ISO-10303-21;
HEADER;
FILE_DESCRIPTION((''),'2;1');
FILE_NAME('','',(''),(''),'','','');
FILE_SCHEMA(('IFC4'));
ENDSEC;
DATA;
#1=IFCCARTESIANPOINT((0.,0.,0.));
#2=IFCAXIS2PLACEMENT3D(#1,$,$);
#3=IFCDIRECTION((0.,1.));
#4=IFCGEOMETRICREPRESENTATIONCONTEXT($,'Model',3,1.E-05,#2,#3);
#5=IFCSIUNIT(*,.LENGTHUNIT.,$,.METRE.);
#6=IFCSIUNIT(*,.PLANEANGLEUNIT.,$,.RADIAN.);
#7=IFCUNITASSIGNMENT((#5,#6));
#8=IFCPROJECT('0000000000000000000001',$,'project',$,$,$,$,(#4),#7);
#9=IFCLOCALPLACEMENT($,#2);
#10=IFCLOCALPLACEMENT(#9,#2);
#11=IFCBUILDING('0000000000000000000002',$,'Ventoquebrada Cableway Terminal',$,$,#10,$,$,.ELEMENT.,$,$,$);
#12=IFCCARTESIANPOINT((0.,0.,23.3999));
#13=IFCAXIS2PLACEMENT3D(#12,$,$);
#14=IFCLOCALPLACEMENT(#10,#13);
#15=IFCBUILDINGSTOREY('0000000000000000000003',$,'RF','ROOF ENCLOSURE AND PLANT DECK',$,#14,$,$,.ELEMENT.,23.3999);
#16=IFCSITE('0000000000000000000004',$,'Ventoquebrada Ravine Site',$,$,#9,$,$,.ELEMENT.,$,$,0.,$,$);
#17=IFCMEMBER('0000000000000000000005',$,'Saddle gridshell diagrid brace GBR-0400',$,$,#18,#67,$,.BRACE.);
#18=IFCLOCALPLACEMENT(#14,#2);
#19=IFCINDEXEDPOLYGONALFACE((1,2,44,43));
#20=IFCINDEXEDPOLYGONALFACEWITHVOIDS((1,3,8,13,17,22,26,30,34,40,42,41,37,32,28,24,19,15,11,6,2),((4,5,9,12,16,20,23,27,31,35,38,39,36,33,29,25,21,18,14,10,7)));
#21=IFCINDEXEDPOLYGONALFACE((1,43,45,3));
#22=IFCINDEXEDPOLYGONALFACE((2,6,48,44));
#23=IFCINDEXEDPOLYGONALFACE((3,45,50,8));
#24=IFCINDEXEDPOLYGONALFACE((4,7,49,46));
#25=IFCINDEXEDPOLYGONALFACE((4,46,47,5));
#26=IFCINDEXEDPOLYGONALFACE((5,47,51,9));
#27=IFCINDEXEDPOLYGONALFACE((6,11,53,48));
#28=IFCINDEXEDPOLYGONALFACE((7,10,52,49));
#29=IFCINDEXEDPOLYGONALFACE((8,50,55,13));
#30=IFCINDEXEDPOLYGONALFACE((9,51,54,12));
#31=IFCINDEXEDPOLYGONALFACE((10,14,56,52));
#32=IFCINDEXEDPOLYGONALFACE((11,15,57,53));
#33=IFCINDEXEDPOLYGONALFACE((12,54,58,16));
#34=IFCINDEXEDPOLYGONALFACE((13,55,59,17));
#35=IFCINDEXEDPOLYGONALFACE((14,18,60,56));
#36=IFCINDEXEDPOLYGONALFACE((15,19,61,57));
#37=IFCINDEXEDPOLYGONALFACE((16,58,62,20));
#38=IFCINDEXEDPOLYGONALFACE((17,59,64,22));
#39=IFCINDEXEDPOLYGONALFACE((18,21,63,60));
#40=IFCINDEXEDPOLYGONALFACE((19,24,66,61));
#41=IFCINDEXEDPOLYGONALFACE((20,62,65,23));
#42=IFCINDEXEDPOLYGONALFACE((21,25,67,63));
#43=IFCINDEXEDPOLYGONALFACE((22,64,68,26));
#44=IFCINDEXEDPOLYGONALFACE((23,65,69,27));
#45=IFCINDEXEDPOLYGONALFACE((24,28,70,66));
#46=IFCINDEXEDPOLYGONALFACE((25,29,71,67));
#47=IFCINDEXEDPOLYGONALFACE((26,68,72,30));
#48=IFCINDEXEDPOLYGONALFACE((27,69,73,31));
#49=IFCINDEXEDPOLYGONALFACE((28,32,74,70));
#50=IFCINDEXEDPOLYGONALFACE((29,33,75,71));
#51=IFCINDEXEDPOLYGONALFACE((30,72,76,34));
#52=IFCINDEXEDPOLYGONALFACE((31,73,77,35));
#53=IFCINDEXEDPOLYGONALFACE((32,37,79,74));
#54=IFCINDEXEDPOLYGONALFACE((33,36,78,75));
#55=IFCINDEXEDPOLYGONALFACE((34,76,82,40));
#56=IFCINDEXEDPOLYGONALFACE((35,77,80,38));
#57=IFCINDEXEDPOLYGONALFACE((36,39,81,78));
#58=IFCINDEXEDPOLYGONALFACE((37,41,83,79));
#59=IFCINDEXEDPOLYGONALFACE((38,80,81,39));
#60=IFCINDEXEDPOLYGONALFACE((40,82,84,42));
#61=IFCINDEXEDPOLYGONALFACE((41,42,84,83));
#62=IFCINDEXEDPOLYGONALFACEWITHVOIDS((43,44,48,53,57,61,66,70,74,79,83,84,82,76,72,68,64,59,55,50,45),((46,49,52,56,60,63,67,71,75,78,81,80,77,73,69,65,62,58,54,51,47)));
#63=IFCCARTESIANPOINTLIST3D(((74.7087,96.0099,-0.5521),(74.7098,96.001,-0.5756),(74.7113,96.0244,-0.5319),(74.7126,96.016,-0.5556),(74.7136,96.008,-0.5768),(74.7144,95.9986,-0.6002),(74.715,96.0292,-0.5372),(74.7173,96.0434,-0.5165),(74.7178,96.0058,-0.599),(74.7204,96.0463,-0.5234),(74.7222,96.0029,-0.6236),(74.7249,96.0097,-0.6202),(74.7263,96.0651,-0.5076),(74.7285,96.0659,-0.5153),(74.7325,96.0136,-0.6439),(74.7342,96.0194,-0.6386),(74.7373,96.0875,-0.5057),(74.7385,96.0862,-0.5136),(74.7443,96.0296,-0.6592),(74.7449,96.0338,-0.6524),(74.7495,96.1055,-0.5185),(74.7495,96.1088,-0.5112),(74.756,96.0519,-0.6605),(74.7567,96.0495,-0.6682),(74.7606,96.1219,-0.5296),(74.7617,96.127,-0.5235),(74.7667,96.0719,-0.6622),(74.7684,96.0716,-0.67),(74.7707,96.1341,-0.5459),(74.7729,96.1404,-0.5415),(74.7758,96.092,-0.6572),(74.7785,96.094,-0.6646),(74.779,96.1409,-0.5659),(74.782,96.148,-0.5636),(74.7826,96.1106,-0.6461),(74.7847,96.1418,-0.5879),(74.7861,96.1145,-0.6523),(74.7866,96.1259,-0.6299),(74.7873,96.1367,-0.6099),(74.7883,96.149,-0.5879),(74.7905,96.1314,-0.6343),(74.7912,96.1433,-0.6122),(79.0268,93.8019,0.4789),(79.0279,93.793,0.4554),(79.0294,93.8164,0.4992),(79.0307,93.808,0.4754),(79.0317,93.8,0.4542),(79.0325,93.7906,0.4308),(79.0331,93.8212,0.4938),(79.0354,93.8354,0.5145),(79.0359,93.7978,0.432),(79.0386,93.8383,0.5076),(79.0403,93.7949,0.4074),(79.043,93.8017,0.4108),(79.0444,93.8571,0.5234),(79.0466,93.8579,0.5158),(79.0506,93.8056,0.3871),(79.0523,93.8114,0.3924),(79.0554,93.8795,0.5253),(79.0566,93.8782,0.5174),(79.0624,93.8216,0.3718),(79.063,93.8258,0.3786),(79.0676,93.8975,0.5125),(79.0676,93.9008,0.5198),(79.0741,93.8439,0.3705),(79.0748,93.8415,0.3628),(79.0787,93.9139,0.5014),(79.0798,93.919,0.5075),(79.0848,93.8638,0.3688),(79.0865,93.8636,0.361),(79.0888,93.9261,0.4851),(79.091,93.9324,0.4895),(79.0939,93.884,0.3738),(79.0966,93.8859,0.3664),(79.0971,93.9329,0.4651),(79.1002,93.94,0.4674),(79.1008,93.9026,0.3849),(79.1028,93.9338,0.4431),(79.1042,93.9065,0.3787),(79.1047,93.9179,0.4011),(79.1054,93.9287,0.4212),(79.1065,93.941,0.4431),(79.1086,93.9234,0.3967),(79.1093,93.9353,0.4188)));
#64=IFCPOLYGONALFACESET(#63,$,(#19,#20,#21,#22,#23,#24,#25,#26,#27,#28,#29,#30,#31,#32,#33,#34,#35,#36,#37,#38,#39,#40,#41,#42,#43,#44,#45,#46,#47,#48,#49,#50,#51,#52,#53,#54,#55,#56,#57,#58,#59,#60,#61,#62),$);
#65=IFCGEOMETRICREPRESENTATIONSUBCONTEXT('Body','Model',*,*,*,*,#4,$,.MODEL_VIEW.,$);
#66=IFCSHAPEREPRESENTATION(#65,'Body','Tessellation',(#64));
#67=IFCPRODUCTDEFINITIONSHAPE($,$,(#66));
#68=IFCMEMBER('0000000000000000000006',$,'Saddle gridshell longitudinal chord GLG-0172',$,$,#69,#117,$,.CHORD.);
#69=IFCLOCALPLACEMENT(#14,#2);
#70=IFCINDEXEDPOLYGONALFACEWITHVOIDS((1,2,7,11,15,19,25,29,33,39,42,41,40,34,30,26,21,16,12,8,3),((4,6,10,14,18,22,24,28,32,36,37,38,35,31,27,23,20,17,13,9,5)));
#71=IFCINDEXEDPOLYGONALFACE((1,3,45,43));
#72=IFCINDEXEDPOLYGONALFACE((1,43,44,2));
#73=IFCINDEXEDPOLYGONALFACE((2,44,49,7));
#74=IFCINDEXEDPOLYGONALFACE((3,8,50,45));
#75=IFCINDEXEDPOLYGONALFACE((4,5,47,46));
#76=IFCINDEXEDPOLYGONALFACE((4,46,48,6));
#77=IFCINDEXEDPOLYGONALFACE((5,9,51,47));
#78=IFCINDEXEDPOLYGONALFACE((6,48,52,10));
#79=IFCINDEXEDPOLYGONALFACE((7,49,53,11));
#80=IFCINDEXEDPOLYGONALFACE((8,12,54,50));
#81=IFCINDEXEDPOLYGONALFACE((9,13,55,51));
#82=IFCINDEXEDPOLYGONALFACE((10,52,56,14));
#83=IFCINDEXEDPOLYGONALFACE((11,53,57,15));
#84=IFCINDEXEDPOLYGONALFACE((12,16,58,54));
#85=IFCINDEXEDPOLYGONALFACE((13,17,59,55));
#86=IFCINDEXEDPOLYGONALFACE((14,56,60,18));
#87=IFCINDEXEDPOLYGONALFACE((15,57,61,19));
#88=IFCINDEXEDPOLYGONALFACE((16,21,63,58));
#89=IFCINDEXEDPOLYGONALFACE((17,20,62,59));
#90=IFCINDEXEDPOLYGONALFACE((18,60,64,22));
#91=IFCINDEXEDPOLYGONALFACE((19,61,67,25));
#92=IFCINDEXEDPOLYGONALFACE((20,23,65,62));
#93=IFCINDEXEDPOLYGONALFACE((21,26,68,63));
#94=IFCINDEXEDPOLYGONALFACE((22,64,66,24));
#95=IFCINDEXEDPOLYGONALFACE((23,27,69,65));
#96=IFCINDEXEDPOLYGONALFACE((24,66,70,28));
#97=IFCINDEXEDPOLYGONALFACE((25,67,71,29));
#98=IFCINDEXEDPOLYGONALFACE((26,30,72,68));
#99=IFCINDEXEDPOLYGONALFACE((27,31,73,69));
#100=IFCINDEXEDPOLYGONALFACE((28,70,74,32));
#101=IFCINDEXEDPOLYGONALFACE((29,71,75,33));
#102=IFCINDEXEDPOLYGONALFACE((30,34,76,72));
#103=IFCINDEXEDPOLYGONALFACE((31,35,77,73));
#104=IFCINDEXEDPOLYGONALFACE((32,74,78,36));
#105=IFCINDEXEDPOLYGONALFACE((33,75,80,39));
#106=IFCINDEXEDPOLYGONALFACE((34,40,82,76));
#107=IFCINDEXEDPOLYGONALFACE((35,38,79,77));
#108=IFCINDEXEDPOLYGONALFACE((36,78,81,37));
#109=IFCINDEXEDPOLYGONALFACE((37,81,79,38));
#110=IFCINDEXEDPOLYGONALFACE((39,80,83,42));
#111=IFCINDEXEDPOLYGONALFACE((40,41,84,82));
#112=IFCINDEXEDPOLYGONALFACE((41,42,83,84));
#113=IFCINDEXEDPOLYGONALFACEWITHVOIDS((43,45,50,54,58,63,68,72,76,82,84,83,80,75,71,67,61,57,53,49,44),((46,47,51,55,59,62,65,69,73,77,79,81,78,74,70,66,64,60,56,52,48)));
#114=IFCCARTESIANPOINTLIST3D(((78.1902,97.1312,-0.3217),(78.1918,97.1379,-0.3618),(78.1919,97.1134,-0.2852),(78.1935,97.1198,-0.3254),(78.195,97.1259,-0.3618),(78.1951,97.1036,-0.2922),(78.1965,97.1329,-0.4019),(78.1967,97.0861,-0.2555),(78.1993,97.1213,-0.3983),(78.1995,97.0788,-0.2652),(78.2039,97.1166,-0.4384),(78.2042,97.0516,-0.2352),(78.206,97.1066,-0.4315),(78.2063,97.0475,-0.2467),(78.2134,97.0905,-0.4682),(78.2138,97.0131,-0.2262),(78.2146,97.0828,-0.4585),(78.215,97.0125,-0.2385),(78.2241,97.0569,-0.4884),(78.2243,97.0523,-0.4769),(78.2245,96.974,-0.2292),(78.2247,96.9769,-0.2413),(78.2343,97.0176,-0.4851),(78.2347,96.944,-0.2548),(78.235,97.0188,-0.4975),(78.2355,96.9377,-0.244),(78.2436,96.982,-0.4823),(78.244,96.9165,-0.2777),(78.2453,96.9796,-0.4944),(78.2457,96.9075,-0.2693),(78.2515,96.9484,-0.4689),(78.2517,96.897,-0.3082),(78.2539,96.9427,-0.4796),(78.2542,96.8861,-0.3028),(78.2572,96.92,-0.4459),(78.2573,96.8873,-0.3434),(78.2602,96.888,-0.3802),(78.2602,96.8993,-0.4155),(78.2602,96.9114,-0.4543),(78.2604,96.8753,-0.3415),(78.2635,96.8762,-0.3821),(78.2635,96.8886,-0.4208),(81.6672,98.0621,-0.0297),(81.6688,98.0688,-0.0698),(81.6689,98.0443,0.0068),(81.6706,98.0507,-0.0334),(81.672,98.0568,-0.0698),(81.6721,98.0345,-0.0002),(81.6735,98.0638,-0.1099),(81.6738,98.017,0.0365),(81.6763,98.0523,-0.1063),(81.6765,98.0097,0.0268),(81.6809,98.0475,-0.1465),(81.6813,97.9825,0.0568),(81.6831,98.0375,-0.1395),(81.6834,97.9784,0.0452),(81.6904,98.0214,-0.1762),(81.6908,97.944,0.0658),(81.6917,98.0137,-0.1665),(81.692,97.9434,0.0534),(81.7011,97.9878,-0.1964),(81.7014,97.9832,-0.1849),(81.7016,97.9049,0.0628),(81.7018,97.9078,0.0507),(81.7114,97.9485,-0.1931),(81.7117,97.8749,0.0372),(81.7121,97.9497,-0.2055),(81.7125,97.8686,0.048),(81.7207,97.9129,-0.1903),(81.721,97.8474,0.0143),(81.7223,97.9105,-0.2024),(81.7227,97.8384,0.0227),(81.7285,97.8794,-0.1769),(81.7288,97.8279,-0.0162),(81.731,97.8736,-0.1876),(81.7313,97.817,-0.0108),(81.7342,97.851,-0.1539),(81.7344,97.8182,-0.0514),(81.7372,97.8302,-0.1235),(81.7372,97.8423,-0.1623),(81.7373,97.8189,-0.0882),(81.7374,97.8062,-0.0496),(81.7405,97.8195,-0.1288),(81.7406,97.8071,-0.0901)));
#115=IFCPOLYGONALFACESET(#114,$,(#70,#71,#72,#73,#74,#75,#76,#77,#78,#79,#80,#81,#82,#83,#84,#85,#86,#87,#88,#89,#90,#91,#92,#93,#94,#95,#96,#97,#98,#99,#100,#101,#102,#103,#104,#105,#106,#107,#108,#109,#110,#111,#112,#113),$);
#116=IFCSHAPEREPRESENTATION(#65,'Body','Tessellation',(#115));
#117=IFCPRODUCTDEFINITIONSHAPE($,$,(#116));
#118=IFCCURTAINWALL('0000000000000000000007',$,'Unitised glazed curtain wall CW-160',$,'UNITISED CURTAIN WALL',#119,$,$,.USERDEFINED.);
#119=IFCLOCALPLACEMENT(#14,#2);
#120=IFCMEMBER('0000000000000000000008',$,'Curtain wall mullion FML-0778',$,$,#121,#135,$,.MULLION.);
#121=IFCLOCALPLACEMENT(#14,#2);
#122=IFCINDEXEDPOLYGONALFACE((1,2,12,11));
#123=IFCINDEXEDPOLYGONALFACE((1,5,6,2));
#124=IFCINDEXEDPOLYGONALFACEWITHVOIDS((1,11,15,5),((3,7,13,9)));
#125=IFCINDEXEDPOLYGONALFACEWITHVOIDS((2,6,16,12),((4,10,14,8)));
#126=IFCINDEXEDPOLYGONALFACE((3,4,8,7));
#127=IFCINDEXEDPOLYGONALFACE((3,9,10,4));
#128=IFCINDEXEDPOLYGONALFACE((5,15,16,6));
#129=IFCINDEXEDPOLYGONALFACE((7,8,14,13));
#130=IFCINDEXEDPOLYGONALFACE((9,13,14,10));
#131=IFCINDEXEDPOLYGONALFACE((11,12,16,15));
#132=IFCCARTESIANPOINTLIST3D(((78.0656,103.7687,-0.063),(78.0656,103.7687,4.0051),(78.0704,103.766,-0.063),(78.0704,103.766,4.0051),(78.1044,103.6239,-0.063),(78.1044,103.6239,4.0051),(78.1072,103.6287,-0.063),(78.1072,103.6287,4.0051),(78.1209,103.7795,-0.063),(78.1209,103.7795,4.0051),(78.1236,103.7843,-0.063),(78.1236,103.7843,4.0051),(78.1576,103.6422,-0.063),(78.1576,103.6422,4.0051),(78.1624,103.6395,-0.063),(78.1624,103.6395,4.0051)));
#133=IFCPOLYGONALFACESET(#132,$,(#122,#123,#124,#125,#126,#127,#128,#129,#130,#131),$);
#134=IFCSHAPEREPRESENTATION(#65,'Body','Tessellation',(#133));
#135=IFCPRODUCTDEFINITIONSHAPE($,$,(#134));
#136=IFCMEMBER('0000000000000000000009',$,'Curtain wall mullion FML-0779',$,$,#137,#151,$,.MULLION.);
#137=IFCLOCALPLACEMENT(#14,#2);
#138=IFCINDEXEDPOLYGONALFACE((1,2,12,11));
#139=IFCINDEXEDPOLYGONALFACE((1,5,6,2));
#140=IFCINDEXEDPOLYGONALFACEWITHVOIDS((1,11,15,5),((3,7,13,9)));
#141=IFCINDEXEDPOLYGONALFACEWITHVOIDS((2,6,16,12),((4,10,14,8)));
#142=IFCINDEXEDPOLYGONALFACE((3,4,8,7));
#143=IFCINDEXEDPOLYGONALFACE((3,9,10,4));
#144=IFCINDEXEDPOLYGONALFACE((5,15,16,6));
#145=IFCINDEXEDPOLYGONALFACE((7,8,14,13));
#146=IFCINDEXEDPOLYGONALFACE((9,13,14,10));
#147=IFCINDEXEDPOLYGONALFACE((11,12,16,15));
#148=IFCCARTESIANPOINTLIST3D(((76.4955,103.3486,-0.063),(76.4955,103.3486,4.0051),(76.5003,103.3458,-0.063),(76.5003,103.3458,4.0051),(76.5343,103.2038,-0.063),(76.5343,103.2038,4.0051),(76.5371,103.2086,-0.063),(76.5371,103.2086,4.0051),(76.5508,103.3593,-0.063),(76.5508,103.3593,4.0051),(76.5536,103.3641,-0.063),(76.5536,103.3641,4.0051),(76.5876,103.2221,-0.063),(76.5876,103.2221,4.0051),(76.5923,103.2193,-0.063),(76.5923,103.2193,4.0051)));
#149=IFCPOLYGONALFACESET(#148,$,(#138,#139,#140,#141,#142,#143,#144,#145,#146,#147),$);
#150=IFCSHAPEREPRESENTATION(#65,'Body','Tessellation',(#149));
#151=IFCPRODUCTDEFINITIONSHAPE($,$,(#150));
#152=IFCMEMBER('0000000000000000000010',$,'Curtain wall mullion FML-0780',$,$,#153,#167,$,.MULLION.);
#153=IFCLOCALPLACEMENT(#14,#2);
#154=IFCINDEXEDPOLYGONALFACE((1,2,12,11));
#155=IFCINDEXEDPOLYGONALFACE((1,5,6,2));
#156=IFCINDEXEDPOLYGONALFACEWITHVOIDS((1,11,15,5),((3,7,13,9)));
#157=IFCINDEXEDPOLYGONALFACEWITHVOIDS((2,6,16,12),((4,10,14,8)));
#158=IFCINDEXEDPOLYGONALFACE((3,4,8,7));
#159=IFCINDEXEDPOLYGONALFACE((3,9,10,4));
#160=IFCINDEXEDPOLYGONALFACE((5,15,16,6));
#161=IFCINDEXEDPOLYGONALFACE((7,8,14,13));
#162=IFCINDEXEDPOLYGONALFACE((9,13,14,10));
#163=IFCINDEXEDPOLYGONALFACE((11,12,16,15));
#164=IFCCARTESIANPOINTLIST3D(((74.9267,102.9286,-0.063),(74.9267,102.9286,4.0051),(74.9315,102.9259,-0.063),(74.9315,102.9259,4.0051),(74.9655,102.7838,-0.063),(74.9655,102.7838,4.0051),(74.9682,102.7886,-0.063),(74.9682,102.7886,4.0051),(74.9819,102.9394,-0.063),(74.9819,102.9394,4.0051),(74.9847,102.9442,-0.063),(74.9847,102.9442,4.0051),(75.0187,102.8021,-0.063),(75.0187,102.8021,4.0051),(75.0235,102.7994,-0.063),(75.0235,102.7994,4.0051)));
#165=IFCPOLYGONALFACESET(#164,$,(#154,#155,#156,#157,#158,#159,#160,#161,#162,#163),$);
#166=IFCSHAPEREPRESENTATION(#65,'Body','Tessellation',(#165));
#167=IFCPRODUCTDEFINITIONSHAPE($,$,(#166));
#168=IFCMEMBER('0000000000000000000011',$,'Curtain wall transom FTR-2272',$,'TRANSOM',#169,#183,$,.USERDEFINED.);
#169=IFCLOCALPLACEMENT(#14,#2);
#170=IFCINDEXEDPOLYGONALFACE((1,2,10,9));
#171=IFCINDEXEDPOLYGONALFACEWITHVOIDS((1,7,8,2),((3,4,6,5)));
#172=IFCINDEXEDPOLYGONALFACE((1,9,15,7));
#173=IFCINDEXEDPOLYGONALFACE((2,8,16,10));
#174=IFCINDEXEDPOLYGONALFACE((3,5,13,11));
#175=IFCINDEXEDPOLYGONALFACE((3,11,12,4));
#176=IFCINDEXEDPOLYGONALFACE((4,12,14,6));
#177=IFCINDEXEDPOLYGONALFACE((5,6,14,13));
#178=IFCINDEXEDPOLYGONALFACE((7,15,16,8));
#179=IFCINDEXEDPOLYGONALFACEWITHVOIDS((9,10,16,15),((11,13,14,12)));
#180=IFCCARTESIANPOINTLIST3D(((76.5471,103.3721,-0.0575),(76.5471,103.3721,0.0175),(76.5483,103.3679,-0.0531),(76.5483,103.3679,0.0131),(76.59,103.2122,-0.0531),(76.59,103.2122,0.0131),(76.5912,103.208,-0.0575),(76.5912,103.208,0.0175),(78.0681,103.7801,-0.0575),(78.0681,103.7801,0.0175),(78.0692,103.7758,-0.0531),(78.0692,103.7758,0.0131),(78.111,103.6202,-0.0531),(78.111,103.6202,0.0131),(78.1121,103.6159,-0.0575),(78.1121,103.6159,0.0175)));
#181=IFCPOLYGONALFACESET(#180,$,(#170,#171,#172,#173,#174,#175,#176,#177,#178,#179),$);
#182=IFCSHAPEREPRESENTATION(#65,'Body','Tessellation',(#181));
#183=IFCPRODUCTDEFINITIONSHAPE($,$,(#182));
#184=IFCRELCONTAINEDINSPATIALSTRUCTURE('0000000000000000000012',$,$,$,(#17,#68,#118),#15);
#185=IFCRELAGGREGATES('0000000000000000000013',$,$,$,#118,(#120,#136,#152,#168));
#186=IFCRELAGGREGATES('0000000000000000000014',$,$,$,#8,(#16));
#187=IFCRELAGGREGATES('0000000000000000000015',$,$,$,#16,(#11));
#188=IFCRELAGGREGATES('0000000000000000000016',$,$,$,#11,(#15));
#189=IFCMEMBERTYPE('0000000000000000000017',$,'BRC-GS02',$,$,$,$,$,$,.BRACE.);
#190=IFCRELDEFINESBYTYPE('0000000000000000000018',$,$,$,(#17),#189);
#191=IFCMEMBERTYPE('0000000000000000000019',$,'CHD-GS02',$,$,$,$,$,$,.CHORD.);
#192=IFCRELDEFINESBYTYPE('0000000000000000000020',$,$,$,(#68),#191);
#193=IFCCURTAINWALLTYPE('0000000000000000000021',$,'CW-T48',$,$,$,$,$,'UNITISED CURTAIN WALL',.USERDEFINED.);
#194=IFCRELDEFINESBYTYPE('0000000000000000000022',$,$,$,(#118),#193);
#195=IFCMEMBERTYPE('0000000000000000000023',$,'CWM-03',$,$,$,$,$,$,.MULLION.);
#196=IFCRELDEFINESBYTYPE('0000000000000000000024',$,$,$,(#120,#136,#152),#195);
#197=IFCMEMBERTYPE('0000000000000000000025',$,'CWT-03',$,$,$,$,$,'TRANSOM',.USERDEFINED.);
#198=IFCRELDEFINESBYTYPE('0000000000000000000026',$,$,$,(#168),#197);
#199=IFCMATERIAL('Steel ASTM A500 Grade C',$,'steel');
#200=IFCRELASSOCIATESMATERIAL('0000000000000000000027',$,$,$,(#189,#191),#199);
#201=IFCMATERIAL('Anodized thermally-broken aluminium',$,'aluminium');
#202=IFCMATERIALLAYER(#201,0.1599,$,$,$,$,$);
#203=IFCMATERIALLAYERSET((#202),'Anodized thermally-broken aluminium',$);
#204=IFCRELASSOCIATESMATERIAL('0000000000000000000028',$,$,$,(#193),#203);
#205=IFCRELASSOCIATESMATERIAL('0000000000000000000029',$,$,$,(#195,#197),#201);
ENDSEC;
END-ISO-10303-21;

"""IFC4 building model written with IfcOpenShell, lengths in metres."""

from ifc_helpers import new_model, si_unit, direction, frame, origin, origin_2d, place, context, subcontext, project, spatial, hollow_rectangle, hollow_circle, extrude, material, layer, layer_set, material_profile, profile_set, type_object, element, aggregate, save


model = new_model("IFC4")

# Units and contexts
model_context = context("Model", 3, precision=1e-05, world=origin(), true_north=direction((0.0, 1.0)))
body_context = subcontext(model_context, "Body", "Model", "MODEL_VIEW")
ifc_project = project(units=[si_unit("LENGTHUNIT", "METRE"), si_unit("PLANEANGLEUNIT", "RADIAN")], contexts=[model_context])

# Site, building, storey
site_placement = place(None, origin())
site = spatial("IfcSite", under=ifc_project, at=site_placement, Name="Ventoquebrada Ravine Site", CompositionType="ELEMENT", RefElevation=0.0)
building_placement = place(site_placement, origin())
building = spatial("IfcBuilding", under=site, at=building_placement, Name="Ventoquebrada Cableway Terminal", CompositionType="ELEMENT")
storey_placement = place(building_placement, frame((0.0, 0.0, 23.3999)))
storey = spatial("IfcBuildingStorey", under=building, at=storey_placement, Name="RF", Description="ROOF ENCLOSURE AND PLANT DECK", CompositionType="ELEMENT", Elevation=23.3999)

# Members
ifc_material_1 = material(Name="Steel ASTM A500 Grade C", Category="steel")
ifc_material_profile_1 = material_profile(ifc_material_1, hollow_circle(Radius=0.0842, WallThickness=0.0081, at=origin_2d()), Name="CHS168.3X8")
ifc_profile_set_1 = profile_set([ifc_material_profile_1], Name="Steel ASTM A500 Grade C")
member_type_1 = type_object("IfcMemberType", Name="BRC-GS02", PredefinedType="BRACE", material=ifc_profile_set_1)
member_1_placement = place(storey_placement, frame((74.75, 96.074, -0.5879), z_axis=(0.870892, -0.445319, 0.207937), x_axis=(0.45527, 0.890354, 0.0)))
element("IfcMember", 1, at=member_1_placement, inside=storey, type_object=member_type_1, Name="Saddle gridshell diagrid brace GBR-0400", PredefinedType="BRACE", context=body_context, shape_type="SweptSolid", body=[
    extrude(hollow_circle(Radius=0.0842, WallThickness=0.0081, at=origin_2d()), origin(), (0.0, 0.0, 1.0), 4.9583),
])
ifc_material_profile_2 = material_profile(ifc_material_1, hollow_circle(Radius=0.1365, WallThickness=0.0125, at=origin_2d()), Name="CHS273.0X12.5")
ifc_profile_set_2 = profile_set([ifc_material_profile_2], Name="Steel ASTM A500 Grade C")
member_type_2 = type_object("IfcMemberType", Name="CHD-GS02", PredefinedType="CHORD", material=ifc_profile_set_2)
member_2_placement = place(storey_placement, frame((78.2271, 97.0061, -0.3618), z_axis=(0.962816, 0.257774, 0.080854), x_axis=(-0.258621, 0.965979, 0.0)))
element("IfcMember", 2, at=member_2_placement, inside=storey, type_object=member_type_2, Name="Saddle gridshell longitudinal chord GLG-0172", PredefinedType="CHORD", context=body_context, shape_type="SweptSolid", body=[
    extrude(hollow_circle(Radius=0.1365, WallThickness=0.0125, at=origin_2d()), origin(), (0.0, 0.0, 1.0), 3.6113),
])

# Curtain wall, members
ifc_material_2 = material(Name="Anodized thermally-broken aluminium", Category="aluminium")
ifc_layer_1 = layer(ifc_material_2, 0.1599)
ifc_layer_set_1 = layer_set([ifc_layer_1], Name="Anodized thermally-broken aluminium")
curtain_wall_type = type_object("IfcCurtainWallType", Name="CW-T48", ElementType="UNITISED CURTAIN WALL", PredefinedType="USERDEFINED", material=ifc_layer_set_1)
curtain_wall_placement = place(storey_placement, origin())
curtain_wall = element("IfcCurtainWall", 3, at=curtain_wall_placement, inside=storey, type_object=curtain_wall_type, Name="Unitised glazed curtain wall CW-160", ObjectType="UNITISED CURTAIN WALL", PredefinedType="USERDEFINED")
ifc_material_profile_3 = material_profile(ifc_material_2, hollow_rectangle(XDim=0.0601, YDim=0.1499, WallThickness=0.0039, at=origin_2d()), Name="CW-MUL-60X150")
ifc_profile_set_3 = profile_set([ifc_material_profile_3], Name="Anodized thermally-broken aluminium")
member_type_3 = type_object("IfcMemberType", Name="CWM-03", PredefinedType="MULLION", material=ifc_profile_set_3)
member_3_placement = place(storey_placement, frame((78.114, 103.7041, -0.063), z_axis=(0.0, 0.0, 1.0), x_axis=(-0.965944, -0.258752, 0.0)))
member_3 = element("IfcMember", 4, at=member_3_placement, type_object=member_type_3, Name="Curtain wall mullion FML-0778", PredefinedType="MULLION", context=body_context, shape_type="SweptSolid", body=[
    extrude(hollow_rectangle(XDim=0.0601, YDim=0.1499, WallThickness=0.0039, at=origin_2d()), origin(), (0.0, 0.0, 1.0), 4.0681),
])
member_4_placement = place(storey_placement, frame((76.5439, 103.2839, -0.063), z_axis=(0.0, 0.0, 1.0), x_axis=(-0.965944, -0.258752, 0.0)))
member_4 = element("IfcMember", 5, at=member_4_placement, type_object=member_type_3, Name="Curtain wall mullion FML-0779", PredefinedType="MULLION", context=body_context, shape_type="SweptSolid", body=[
    extrude(hollow_rectangle(XDim=0.0601, YDim=0.1499, WallThickness=0.0039, at=origin_2d()), origin(), (0.0, 0.0, 1.0), 4.0681),
])
member_5_placement = place(storey_placement, frame((74.9751, 102.864, -0.063), z_axis=(0.0, 0.0, 1.0), x_axis=(-0.965944, -0.258752, 0.0)))
member_5 = element("IfcMember", 6, at=member_5_placement, type_object=member_type_3, Name="Curtain wall mullion FML-0780", PredefinedType="MULLION", context=body_context, shape_type="SweptSolid", body=[
    extrude(hollow_rectangle(XDim=0.0601, YDim=0.1499, WallThickness=0.0039, at=origin_2d()), origin(), (0.0, 0.0, 1.0), 4.0681),
])
ifc_material_profile_4 = material_profile(ifc_material_2, hollow_rectangle(XDim=0.075, YDim=0.1699, WallThickness=0.0044, at=origin_2d()), Name="CW-TRN-75X170")
ifc_profile_set_4 = profile_set([ifc_material_profile_4], Name="Anodized thermally-broken aluminium")
member_type_4 = type_object("IfcMemberType", Name="CWT-03", ElementType="TRANSOM", PredefinedType="USERDEFINED", material=ifc_profile_set_4)
member_6_placement = place(storey_placement, frame((78.0901, 103.698, -0.02), z_axis=(-0.965861, -0.259062, 0.0), x_axis=(0.0, 0.0, 1.0)))
member_6 = element("IfcMember", 7, at=member_6_placement, type_object=member_type_4, Name="Curtain wall transom FTR-2272", ObjectType="TRANSOM", PredefinedType="USERDEFINED", context=body_context, shape_type="SweptSolid", body=[
    extrude(hollow_rectangle(XDim=0.075, YDim=0.1699, WallThickness=0.0044, at=origin_2d()), origin(), (0.0, 0.0, 1.0), 1.5747),
])

aggregate(curtain_wall, [member_3, member_4, member_5, member_6])

save(model, "model.ifc")
